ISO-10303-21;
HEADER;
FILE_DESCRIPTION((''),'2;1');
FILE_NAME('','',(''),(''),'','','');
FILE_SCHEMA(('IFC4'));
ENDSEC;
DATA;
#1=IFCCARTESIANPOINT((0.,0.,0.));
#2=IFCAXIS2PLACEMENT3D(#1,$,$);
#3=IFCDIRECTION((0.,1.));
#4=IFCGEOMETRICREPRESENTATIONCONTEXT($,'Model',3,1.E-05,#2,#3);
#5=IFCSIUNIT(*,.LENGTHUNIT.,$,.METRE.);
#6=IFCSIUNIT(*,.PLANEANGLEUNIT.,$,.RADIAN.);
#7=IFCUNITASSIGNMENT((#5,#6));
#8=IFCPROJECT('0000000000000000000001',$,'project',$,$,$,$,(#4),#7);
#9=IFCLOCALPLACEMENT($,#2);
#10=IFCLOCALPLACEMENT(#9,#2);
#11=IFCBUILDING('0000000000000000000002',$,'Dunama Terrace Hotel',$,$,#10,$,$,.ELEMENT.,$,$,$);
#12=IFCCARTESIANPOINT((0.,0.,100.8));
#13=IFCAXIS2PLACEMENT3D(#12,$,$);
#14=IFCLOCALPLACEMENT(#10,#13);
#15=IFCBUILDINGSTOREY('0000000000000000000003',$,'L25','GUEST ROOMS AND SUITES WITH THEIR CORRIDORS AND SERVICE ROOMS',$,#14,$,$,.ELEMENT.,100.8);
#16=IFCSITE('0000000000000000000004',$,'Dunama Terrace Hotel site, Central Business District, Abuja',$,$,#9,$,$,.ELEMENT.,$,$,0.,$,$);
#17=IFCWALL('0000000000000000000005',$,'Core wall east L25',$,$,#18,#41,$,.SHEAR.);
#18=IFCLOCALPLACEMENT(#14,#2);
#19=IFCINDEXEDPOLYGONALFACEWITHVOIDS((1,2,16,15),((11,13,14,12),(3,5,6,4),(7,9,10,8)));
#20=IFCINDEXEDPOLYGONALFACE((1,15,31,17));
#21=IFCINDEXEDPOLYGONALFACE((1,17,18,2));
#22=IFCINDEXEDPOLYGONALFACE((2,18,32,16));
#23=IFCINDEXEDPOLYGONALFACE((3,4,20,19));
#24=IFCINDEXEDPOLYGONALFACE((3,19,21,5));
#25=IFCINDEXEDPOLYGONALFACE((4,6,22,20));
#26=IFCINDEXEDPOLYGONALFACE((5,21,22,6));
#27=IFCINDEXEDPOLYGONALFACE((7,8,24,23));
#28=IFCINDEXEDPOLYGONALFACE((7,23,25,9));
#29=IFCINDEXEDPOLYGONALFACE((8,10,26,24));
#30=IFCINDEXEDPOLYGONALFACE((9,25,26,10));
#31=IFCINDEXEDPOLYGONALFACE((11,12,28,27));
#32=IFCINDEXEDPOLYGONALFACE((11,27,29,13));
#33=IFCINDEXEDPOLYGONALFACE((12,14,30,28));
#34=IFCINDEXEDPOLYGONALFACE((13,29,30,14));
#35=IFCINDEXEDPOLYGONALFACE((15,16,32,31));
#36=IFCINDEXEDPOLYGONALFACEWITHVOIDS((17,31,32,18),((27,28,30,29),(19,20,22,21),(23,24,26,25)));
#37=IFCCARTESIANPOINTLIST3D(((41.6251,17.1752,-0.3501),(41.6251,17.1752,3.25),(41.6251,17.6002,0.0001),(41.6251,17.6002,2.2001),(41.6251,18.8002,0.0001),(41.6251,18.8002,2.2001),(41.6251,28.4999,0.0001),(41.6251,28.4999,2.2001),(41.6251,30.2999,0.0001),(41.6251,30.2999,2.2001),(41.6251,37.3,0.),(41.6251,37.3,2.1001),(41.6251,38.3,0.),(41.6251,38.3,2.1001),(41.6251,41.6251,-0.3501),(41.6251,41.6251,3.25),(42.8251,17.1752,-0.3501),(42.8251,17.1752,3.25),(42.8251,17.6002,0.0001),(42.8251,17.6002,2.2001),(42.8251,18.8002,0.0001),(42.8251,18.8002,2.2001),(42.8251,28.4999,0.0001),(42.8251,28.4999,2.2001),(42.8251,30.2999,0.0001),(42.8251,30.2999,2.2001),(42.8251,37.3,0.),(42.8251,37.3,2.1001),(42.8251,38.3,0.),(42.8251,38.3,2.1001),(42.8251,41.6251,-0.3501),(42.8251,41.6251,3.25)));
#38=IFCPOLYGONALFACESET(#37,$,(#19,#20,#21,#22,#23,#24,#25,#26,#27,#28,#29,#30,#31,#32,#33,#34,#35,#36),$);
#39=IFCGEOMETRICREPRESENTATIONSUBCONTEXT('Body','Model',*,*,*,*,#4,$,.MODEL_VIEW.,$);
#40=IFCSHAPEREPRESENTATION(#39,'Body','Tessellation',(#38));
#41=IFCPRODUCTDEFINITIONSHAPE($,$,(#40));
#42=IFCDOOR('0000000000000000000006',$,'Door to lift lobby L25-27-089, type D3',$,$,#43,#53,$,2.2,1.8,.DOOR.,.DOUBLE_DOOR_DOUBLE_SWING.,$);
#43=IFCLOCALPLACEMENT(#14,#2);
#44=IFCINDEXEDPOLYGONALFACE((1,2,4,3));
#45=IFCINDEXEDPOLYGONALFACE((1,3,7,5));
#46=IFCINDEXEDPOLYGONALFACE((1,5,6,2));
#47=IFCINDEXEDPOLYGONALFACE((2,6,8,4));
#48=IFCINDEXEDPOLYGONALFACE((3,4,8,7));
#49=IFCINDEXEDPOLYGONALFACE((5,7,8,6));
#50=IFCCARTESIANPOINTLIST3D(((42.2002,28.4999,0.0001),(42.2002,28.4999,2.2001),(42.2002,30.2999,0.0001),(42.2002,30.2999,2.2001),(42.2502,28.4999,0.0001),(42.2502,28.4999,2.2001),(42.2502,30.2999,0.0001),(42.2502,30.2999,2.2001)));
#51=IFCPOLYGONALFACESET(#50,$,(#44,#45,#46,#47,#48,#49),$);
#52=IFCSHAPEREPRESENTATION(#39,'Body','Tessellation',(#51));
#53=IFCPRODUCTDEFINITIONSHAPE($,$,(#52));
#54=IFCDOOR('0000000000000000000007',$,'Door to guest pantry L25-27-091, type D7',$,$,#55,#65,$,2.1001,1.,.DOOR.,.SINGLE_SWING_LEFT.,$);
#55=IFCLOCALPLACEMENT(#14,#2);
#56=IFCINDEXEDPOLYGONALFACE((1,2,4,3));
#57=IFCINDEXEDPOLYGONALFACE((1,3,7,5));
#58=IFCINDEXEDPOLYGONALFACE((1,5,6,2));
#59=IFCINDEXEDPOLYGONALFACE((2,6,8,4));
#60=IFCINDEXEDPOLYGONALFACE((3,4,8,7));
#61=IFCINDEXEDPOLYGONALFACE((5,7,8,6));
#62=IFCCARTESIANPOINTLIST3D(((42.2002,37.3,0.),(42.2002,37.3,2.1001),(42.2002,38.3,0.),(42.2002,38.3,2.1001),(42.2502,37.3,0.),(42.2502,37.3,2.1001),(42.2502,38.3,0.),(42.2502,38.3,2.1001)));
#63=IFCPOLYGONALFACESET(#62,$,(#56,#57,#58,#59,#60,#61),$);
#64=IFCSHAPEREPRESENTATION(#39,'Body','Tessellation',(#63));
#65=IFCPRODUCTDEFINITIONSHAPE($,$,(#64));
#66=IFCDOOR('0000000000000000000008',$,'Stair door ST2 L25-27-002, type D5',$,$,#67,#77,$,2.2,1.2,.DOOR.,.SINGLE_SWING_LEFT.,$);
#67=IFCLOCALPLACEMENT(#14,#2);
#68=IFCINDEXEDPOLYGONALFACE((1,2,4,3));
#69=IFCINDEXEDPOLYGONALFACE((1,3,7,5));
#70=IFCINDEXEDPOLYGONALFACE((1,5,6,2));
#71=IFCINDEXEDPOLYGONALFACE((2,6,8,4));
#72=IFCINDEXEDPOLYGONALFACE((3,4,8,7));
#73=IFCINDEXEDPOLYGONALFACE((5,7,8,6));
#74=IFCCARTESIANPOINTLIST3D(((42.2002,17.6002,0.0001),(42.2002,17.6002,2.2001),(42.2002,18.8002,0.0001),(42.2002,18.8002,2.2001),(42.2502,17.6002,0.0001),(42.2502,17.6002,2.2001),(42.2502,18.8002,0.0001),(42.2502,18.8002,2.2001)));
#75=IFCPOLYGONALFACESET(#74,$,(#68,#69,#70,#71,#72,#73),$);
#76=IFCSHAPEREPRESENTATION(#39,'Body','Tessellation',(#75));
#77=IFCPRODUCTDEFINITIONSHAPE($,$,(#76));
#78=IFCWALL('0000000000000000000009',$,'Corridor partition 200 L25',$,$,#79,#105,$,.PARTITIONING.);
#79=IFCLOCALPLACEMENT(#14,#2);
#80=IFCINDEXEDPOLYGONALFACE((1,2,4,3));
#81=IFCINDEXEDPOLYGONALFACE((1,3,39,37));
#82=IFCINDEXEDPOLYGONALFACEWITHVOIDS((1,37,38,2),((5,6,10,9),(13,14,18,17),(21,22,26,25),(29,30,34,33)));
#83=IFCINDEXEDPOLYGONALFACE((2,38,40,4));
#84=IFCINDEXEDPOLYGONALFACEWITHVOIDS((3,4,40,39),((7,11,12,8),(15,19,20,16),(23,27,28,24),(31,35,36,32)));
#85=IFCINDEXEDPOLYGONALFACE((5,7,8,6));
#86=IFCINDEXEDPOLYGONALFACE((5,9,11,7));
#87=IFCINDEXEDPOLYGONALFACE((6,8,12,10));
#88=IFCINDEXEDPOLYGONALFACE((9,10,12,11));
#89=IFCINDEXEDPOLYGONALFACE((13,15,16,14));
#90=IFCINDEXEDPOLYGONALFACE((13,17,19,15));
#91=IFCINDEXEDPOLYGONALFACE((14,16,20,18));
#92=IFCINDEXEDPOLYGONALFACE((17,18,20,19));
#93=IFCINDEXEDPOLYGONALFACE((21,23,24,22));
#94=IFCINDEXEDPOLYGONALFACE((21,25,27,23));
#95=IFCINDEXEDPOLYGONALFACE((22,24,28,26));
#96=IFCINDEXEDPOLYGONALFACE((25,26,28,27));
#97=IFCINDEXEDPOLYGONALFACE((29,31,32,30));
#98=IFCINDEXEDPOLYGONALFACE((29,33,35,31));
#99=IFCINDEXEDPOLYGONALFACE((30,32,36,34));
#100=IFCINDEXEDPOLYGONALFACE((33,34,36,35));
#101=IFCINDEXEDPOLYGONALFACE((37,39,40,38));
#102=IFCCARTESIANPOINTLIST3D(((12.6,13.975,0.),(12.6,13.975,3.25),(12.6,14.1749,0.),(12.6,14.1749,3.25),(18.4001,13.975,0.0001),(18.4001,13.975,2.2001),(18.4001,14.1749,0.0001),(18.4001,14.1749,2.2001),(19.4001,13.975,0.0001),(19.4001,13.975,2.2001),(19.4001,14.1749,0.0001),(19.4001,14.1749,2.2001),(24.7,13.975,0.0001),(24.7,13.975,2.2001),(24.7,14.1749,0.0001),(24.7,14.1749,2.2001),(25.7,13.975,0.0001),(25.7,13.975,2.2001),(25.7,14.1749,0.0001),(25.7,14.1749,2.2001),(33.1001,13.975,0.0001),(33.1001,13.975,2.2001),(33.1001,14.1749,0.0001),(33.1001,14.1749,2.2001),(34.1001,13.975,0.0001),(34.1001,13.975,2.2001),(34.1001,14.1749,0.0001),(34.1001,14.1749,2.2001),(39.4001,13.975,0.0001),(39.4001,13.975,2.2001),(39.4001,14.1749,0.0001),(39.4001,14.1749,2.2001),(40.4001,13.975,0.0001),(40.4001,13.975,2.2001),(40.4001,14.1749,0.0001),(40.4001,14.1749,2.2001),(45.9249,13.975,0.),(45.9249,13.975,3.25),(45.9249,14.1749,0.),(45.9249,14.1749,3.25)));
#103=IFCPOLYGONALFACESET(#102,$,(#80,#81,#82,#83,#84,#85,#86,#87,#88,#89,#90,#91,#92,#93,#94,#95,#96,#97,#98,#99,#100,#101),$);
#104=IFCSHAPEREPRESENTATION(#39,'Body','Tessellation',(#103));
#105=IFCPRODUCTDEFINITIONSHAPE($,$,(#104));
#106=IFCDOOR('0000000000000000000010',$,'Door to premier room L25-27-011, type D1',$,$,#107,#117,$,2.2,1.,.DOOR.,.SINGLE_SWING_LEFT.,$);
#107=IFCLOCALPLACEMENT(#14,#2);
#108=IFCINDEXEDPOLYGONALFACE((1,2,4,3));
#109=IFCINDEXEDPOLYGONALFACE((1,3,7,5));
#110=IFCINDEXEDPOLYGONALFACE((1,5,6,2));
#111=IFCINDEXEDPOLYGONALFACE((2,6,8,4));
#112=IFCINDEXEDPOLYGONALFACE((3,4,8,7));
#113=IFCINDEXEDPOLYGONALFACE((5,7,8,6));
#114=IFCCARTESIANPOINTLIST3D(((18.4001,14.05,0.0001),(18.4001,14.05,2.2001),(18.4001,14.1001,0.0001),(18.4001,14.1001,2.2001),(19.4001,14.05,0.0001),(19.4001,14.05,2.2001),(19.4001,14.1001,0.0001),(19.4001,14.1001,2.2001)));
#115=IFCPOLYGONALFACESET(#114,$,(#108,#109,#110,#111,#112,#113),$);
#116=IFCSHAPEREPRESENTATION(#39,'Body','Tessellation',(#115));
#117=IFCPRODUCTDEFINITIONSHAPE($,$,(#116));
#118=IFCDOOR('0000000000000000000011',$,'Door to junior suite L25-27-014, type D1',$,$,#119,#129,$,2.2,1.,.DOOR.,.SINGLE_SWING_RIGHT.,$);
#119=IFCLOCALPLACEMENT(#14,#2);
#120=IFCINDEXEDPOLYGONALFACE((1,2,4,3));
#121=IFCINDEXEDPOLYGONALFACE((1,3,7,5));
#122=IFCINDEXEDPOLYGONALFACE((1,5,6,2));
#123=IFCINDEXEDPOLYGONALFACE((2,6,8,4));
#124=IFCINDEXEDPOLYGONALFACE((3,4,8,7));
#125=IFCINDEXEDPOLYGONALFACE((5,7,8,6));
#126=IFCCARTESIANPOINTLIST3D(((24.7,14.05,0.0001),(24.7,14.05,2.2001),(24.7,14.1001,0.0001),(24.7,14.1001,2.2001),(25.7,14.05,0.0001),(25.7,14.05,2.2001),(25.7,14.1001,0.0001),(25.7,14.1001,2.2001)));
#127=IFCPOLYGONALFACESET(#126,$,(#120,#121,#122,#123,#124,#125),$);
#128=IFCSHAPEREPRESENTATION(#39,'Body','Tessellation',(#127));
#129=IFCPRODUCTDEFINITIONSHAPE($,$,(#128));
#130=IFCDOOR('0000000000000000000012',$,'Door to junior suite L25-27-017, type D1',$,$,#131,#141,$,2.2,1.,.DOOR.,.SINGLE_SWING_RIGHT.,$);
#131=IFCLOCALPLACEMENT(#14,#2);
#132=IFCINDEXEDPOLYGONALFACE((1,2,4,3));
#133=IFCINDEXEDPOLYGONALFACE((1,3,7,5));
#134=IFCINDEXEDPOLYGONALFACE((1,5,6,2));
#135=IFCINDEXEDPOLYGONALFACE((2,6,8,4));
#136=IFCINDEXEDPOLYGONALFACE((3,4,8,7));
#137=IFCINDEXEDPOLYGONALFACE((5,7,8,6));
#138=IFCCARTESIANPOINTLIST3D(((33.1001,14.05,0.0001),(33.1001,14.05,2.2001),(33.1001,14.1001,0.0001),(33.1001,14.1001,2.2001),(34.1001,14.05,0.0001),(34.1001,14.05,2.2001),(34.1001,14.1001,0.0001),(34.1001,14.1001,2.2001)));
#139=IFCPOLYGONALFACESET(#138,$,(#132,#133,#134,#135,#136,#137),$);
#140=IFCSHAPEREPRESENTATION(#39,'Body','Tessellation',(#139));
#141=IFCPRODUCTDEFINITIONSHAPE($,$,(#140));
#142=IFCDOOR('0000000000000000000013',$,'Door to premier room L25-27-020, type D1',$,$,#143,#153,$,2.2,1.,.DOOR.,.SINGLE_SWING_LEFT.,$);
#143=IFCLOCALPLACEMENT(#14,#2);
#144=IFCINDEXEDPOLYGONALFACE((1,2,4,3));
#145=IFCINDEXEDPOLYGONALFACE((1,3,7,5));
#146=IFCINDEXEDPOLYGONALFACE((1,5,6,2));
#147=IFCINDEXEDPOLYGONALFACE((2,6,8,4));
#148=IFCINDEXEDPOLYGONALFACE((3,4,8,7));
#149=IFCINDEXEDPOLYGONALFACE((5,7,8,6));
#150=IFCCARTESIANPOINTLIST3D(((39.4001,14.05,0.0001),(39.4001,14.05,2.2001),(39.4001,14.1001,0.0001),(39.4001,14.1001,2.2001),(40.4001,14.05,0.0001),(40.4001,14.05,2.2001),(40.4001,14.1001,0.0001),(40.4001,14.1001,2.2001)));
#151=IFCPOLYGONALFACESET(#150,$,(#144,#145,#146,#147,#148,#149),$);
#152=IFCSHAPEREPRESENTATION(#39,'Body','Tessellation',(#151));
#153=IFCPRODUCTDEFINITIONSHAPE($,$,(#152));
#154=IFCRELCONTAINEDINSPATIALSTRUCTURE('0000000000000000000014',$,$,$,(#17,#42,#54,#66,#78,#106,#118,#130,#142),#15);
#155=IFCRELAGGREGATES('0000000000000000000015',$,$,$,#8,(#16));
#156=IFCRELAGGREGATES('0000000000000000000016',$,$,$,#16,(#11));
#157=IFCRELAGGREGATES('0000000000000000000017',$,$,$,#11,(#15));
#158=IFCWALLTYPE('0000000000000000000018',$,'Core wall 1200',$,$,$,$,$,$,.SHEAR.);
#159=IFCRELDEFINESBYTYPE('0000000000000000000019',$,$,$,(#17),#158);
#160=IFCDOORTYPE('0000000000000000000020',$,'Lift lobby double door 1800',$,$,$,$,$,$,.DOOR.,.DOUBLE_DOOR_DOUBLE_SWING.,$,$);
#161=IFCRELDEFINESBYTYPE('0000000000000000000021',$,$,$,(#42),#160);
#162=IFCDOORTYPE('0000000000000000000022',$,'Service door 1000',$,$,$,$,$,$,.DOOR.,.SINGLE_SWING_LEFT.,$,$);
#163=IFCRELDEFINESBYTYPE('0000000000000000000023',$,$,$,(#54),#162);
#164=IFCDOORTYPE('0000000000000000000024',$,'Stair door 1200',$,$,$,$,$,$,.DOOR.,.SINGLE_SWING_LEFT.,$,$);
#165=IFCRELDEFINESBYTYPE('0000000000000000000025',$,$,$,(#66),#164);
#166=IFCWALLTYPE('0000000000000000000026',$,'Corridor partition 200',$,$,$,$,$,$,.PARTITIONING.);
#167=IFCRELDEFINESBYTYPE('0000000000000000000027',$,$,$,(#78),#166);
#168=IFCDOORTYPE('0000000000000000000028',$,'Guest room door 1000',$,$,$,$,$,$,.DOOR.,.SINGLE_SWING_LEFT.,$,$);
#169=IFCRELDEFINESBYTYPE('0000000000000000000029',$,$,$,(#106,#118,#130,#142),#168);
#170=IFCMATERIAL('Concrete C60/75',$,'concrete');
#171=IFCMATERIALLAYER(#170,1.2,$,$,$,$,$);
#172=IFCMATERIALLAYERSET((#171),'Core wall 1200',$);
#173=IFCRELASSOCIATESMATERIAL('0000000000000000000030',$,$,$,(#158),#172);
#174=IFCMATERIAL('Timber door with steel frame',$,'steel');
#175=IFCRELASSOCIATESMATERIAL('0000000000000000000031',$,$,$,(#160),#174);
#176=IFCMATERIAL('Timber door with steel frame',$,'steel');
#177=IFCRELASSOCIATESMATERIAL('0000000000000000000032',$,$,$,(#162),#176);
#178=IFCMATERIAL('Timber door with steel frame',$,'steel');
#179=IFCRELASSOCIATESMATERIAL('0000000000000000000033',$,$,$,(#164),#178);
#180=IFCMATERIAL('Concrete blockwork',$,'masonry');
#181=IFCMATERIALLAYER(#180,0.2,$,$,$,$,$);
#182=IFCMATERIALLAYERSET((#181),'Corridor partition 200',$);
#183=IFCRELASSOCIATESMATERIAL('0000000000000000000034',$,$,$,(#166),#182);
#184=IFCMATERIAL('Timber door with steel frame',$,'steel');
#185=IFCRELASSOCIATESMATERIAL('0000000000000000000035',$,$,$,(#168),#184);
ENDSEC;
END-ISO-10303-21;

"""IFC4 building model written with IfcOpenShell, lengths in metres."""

from ifc_helpers import new_model, si_unit, direction, frame, frame_2d, origin, place, context, subcontext, project, spatial, rectangle, extrude, material, layer, layer_set, type_object, element, fill, save


model = new_model("IFC4")

# Units and contexts
model_context = context("Model", 3, precision=1e-05, world=origin(), true_north=direction((0.0, 1.0)))
body_context = subcontext(model_context, "Body", "Model", "MODEL_VIEW")
ifc_project = project(units=[si_unit("LENGTHUNIT", "METRE"), si_unit("PLANEANGLEUNIT", "RADIAN")], contexts=[model_context])

# Site, building, storey
site_placement = place(None, origin())
site = spatial("IfcSite", under=ifc_project, at=site_placement, Name="Dunama Terrace Hotel site, Central Business District, Abuja", CompositionType="ELEMENT", RefElevation=0.0)
building_placement = place(site_placement, origin())
building = spatial("IfcBuilding", under=site, at=building_placement, Name="Dunama Terrace Hotel", CompositionType="ELEMENT")
storey_placement = place(building_placement, frame((0.0, 0.0, 100.8)))
storey = spatial("IfcBuildingStorey", under=building, at=storey_placement, Name="L25", Description="GUEST ROOMS AND SUITES WITH THEIR CORRIDORS AND SERVICE ROOMS", CompositionType="ELEMENT", Elevation=100.8)

# Walls, openings, doors
ifc_material_1 = material(Name="Concrete C60/75", Category="concrete")
ifc_layer_1 = layer(ifc_material_1, 1.2)
ifc_layer_set_1 = layer_set([ifc_layer_1], Name="Core wall 1200")
wall_type_1 = type_object("IfcWallType", Name="Core wall 1200", PredefinedType="SHEAR", material=ifc_layer_set_1)
wall_1_placement = place(storey_placement, frame((42.2251, 17.175, -0.3501), z_axis=(0.0, 0.0, 1.0), x_axis=(0.0, 1.0, 0.0)))
wall_1 = element("IfcWall", 1, at=wall_1_placement, inside=storey, type_object=wall_type_1, Name="Core wall east L25", PredefinedType="SHEAR", context=body_context, shape_type="SweptSolid", body=[
    extrude(rectangle(XDim=24.45, YDim=1.2, at=frame_2d((12.2251, 0.0))), origin(), (0.0, 0.0, 1.0), 3.6001),
])
opening_1_placement = place(wall_1_placement, frame((0.425, 0.0, 0.3501)))
opening_1 = element("IfcOpeningElement", 2, at=opening_1_placement, cuts=wall_1, PredefinedType="OPENING", context=body_context, shape_type="SweptSolid", body=[
    extrude(rectangle(XDim=1.2, YDim=2.2, at=frame_2d((0.6001, 1.1001))), frame((0.0, 0.6099, 0.0), z_axis=(0.0, -1.0, 0.0), x_axis=(1.0, 0.0, 0.0)), (0.0, 0.0, 1.0), 1.22),
])
opening_2_placement = place(wall_1_placement, frame((11.325, 0.0, 0.3501)))
opening_2 = element("IfcOpeningElement", 3, at=opening_2_placement, cuts=wall_1, PredefinedType="OPENING", context=body_context, shape_type="SweptSolid", body=[
    extrude(rectangle(XDim=1.8, YDim=2.2, at=frame_2d((0.8999, 1.1001))), frame((0.0, 0.6099, 0.0), z_axis=(0.0, -1.0, 0.0), x_axis=(1.0, 0.0, 0.0)), (0.0, 0.0, 1.0), 1.22),
])
opening_3_placement = place(wall_1_placement, frame((20.125, 0.0, 0.3501)))
opening_3 = element("IfcOpeningElement", 4, at=opening_3_placement, cuts=wall_1, PredefinedType="OPENING", context=body_context, shape_type="SweptSolid", body=[
    extrude(rectangle(XDim=1.0, YDim=2.1001, at=frame_2d((0.5, 1.05))), frame((0.0, 0.6099, 0.0), z_axis=(0.0, -1.0, 0.0), x_axis=(1.0, 0.0, 0.0)), (0.0, 0.0, 1.0), 1.22),
])
ifc_material_2 = material(Name="Timber door with steel frame", Category="steel")
door_type_1 = type_object("IfcDoorType", Name="Lift lobby double door 1800", OperationType="DOUBLE_DOOR_DOUBLE_SWING", PredefinedType="DOOR", material=ifc_material_2)
door_1_placement = place(opening_2_placement, origin())
door_1 = element("IfcDoor", 5, at=door_1_placement, inside=storey, type_object=door_type_1, Name="Door to lift lobby L25-27-089, type D3", OperationType="DOUBLE_DOOR_DOUBLE_SWING", OverallHeight=2.2, OverallWidth=1.8, PredefinedType="DOOR", context=body_context, shape_type="SweptSolid", body=[
    extrude(rectangle(XDim=1.8, YDim=2.2, at=frame_2d((0.8999, 1.1001))), frame((0.0, 0.0249, 0.0), z_axis=(0.0, -1.0, 0.0), x_axis=(1.0, 0.0, 0.0)), (0.0, 0.0, 1.0), 0.05),
])
fill(opening_2, door_1)
ifc_material_3 = material(Name="Timber door with steel frame", Category="steel")
door_type_2 = type_object("IfcDoorType", Name="Service door 1000", OperationType="SINGLE_SWING_LEFT", PredefinedType="DOOR", material=ifc_material_3)
door_2_placement = place(opening_3_placement, origin())
door_2 = element("IfcDoor", 6, at=door_2_placement, inside=storey, type_object=door_type_2, Name="Door to guest pantry L25-27-091, type D7", OperationType="SINGLE_SWING_LEFT", OverallHeight=2.1001, OverallWidth=1.0, PredefinedType="DOOR", context=body_context, shape_type="SweptSolid", body=[
    extrude(rectangle(XDim=1.0, YDim=2.1001, at=frame_2d((0.5, 1.05))), frame((0.0, 0.0249, 0.0), z_axis=(0.0, -1.0, 0.0), x_axis=(1.0, 0.0, 0.0)), (0.0, 0.0, 1.0), 0.05),
])
fill(opening_3, door_2)
ifc_material_4 = material(Name="Timber door with steel frame", Category="steel")
door_type_3 = type_object("IfcDoorType", Name="Stair door 1200", OperationType="SINGLE_SWING_LEFT", PredefinedType="DOOR", material=ifc_material_4)
door_3_placement = place(opening_1_placement, origin())
door_3 = element("IfcDoor", 7, at=door_3_placement, inside=storey, type_object=door_type_3, Name="Stair door ST2 L25-27-002, type D5", OperationType="SINGLE_SWING_LEFT", OverallHeight=2.2, OverallWidth=1.2, PredefinedType="DOOR", context=body_context, shape_type="SweptSolid", body=[
    extrude(rectangle(XDim=1.2, YDim=2.2, at=frame_2d((0.6001, 1.1001))), frame((0.0, 0.0249, 0.0), z_axis=(0.0, -1.0, 0.0), x_axis=(1.0, 0.0, 0.0)), (0.0, 0.0, 1.0), 0.05),
])
fill(opening_1, door_3)
ifc_material_5 = material(Name="Concrete blockwork", Category="masonry")
ifc_layer_2 = layer(ifc_material_5, 0.2)
ifc_layer_set_2 = layer_set([ifc_layer_2], Name="Corridor partition 200")
wall_type_2 = type_object("IfcWallType", Name="Corridor partition 200", PredefinedType="PARTITIONING", material=ifc_layer_set_2)
wall_2_placement = place(storey_placement, frame((45.925, 14.075, 0.0), z_axis=(0.0, 0.0, 1.0), x_axis=(-1.0, 0.0, 0.0)))
wall_2 = element("IfcWall", 8, at=wall_2_placement, inside=storey, type_object=wall_type_2, Name="Corridor partition 200 L25", PredefinedType="PARTITIONING", context=body_context, shape_type="SweptSolid", body=[
    extrude(rectangle(XDim=33.325, YDim=0.2, at=frame_2d((16.6626, 0.0))), origin(), (0.0, 0.0, 1.0), 3.25),
])
opening_4_placement = place(wall_2_placement, frame((26.5249, 0.0, 0.0)))
opening_4 = element("IfcOpeningElement", 9, at=opening_4_placement, cuts=wall_2, PredefinedType="OPENING", context=body_context, shape_type="SweptSolid", body=[
    extrude(rectangle(XDim=1.0, YDim=2.2, at=frame_2d((0.5, 1.1001))), frame((0.0, 0.1099, 0.0), z_axis=(0.0, -1.0, 0.0), x_axis=(1.0, 0.0, 0.0)), (0.0, 0.0, 1.0), 0.22),
])
opening_5_placement = place(wall_2_placement, frame((20.2251, 0.0, 0.0)))
opening_5 = element("IfcOpeningElement", 10, at=opening_5_placement, cuts=wall_2, PredefinedType="OPENING", context=body_context, shape_type="SweptSolid", body=[
    extrude(rectangle(XDim=1.0, YDim=2.2, at=frame_2d((0.5, 1.1001))), frame((0.0, 0.1099, 0.0), z_axis=(0.0, -1.0, 0.0), x_axis=(1.0, 0.0, 0.0)), (0.0, 0.0, 1.0), 0.22),
])
opening_6_placement = place(wall_2_placement, frame((11.825, 0.0, 0.0)))
opening_6 = element("IfcOpeningElement", 11, at=opening_6_placement, cuts=wall_2, PredefinedType="OPENING", context=body_context, shape_type="SweptSolid", body=[
    extrude(rectangle(XDim=1.0, YDim=2.2, at=frame_2d((0.5, 1.1001))), frame((0.0, 0.1099, 0.0), z_axis=(0.0, -1.0, 0.0), x_axis=(1.0, 0.0, 0.0)), (0.0, 0.0, 1.0), 0.22),
])
opening_7_placement = place(wall_2_placement, frame((5.5249, 0.0, 0.0)))
opening_7 = element("IfcOpeningElement", 12, at=opening_7_placement, cuts=wall_2, PredefinedType="OPENING", context=body_context, shape_type="SweptSolid", body=[
    extrude(rectangle(XDim=1.0, YDim=2.2, at=frame_2d((0.5, 1.1001))), frame((0.0, 0.1099, 0.0), z_axis=(0.0, -1.0, 0.0), x_axis=(1.0, 0.0, 0.0)), (0.0, 0.0, 1.0), 0.22),
])
ifc_material_6 = material(Name="Timber door with steel frame", Category="steel")
door_type_4 = type_object("IfcDoorType", Name="Guest room door 1000", OperationType="SINGLE_SWING_LEFT", PredefinedType="DOOR", material=ifc_material_6)
door_4_placement = place(opening_4_placement, origin())
door_4 = element("IfcDoor", 13, at=door_4_placement, inside=storey, type_object=door_type_4, Name="Door to premier room L25-27-011, type D1", OperationType="SINGLE_SWING_LEFT", OverallHeight=2.2, OverallWidth=1.0, PredefinedType="DOOR", context=body_context, shape_type="SweptSolid", body=[
    extrude(rectangle(XDim=1.0, YDim=2.2, at=frame_2d((0.5, 1.1001))), frame((0.0, 0.0249, 0.0), z_axis=(0.0, -1.0, 0.0), x_axis=(1.0, 0.0, 0.0)), (0.0, 0.0, 1.0), 0.05),
])
fill(opening_4, door_4)
door_5_placement = place(opening_5_placement, origin())
door_5 = element("IfcDoor", 14, at=door_5_placement, inside=storey, type_object=door_type_4, Name="Door to junior suite L25-27-014, type D1", OperationType="SINGLE_SWING_RIGHT", OverallHeight=2.2, OverallWidth=1.0, PredefinedType="DOOR", context=body_context, shape_type="SweptSolid", body=[
    extrude(rectangle(XDim=1.0, YDim=2.2, at=frame_2d((0.5, 1.1001))), frame((0.0, 0.0249, 0.0), z_axis=(0.0, -1.0, 0.0), x_axis=(1.0, 0.0, 0.0)), (0.0, 0.0, 1.0), 0.05),
])
fill(opening_5, door_5)
door_6_placement = place(opening_6_placement, origin())
door_6 = element("IfcDoor", 15, at=door_6_placement, inside=storey, type_object=door_type_4, Name="Door to junior suite L25-27-017, type D1", OperationType="SINGLE_SWING_RIGHT", OverallHeight=2.2, OverallWidth=1.0, PredefinedType="DOOR", context=body_context, shape_type="SweptSolid", body=[
    extrude(rectangle(XDim=1.0, YDim=2.2, at=frame_2d((0.5, 1.1001))), frame((0.0, 0.0249, 0.0), z_axis=(0.0, -1.0, 0.0), x_axis=(1.0, 0.0, 0.0)), (0.0, 0.0, 1.0), 0.05),
])
fill(opening_6, door_6)
door_7_placement = place(opening_7_placement, origin())
door_7 = element("IfcDoor", 16, at=door_7_placement, inside=storey, type_object=door_type_4, Name="Door to premier room L25-27-020, type D1", OperationType="SINGLE_SWING_LEFT", OverallHeight=2.2, OverallWidth=1.0, PredefinedType="DOOR", context=body_context, shape_type="SweptSolid", body=[
    extrude(rectangle(XDim=1.0, YDim=2.2, at=frame_2d((0.5, 1.1001))), frame((0.0, 0.0249, 0.0), z_axis=(0.0, -1.0, 0.0), x_axis=(1.0, 0.0, 0.0)), (0.0, 0.0, 1.0), 0.05),
])
fill(opening_7, door_7)

save(model, "model.ifc")
